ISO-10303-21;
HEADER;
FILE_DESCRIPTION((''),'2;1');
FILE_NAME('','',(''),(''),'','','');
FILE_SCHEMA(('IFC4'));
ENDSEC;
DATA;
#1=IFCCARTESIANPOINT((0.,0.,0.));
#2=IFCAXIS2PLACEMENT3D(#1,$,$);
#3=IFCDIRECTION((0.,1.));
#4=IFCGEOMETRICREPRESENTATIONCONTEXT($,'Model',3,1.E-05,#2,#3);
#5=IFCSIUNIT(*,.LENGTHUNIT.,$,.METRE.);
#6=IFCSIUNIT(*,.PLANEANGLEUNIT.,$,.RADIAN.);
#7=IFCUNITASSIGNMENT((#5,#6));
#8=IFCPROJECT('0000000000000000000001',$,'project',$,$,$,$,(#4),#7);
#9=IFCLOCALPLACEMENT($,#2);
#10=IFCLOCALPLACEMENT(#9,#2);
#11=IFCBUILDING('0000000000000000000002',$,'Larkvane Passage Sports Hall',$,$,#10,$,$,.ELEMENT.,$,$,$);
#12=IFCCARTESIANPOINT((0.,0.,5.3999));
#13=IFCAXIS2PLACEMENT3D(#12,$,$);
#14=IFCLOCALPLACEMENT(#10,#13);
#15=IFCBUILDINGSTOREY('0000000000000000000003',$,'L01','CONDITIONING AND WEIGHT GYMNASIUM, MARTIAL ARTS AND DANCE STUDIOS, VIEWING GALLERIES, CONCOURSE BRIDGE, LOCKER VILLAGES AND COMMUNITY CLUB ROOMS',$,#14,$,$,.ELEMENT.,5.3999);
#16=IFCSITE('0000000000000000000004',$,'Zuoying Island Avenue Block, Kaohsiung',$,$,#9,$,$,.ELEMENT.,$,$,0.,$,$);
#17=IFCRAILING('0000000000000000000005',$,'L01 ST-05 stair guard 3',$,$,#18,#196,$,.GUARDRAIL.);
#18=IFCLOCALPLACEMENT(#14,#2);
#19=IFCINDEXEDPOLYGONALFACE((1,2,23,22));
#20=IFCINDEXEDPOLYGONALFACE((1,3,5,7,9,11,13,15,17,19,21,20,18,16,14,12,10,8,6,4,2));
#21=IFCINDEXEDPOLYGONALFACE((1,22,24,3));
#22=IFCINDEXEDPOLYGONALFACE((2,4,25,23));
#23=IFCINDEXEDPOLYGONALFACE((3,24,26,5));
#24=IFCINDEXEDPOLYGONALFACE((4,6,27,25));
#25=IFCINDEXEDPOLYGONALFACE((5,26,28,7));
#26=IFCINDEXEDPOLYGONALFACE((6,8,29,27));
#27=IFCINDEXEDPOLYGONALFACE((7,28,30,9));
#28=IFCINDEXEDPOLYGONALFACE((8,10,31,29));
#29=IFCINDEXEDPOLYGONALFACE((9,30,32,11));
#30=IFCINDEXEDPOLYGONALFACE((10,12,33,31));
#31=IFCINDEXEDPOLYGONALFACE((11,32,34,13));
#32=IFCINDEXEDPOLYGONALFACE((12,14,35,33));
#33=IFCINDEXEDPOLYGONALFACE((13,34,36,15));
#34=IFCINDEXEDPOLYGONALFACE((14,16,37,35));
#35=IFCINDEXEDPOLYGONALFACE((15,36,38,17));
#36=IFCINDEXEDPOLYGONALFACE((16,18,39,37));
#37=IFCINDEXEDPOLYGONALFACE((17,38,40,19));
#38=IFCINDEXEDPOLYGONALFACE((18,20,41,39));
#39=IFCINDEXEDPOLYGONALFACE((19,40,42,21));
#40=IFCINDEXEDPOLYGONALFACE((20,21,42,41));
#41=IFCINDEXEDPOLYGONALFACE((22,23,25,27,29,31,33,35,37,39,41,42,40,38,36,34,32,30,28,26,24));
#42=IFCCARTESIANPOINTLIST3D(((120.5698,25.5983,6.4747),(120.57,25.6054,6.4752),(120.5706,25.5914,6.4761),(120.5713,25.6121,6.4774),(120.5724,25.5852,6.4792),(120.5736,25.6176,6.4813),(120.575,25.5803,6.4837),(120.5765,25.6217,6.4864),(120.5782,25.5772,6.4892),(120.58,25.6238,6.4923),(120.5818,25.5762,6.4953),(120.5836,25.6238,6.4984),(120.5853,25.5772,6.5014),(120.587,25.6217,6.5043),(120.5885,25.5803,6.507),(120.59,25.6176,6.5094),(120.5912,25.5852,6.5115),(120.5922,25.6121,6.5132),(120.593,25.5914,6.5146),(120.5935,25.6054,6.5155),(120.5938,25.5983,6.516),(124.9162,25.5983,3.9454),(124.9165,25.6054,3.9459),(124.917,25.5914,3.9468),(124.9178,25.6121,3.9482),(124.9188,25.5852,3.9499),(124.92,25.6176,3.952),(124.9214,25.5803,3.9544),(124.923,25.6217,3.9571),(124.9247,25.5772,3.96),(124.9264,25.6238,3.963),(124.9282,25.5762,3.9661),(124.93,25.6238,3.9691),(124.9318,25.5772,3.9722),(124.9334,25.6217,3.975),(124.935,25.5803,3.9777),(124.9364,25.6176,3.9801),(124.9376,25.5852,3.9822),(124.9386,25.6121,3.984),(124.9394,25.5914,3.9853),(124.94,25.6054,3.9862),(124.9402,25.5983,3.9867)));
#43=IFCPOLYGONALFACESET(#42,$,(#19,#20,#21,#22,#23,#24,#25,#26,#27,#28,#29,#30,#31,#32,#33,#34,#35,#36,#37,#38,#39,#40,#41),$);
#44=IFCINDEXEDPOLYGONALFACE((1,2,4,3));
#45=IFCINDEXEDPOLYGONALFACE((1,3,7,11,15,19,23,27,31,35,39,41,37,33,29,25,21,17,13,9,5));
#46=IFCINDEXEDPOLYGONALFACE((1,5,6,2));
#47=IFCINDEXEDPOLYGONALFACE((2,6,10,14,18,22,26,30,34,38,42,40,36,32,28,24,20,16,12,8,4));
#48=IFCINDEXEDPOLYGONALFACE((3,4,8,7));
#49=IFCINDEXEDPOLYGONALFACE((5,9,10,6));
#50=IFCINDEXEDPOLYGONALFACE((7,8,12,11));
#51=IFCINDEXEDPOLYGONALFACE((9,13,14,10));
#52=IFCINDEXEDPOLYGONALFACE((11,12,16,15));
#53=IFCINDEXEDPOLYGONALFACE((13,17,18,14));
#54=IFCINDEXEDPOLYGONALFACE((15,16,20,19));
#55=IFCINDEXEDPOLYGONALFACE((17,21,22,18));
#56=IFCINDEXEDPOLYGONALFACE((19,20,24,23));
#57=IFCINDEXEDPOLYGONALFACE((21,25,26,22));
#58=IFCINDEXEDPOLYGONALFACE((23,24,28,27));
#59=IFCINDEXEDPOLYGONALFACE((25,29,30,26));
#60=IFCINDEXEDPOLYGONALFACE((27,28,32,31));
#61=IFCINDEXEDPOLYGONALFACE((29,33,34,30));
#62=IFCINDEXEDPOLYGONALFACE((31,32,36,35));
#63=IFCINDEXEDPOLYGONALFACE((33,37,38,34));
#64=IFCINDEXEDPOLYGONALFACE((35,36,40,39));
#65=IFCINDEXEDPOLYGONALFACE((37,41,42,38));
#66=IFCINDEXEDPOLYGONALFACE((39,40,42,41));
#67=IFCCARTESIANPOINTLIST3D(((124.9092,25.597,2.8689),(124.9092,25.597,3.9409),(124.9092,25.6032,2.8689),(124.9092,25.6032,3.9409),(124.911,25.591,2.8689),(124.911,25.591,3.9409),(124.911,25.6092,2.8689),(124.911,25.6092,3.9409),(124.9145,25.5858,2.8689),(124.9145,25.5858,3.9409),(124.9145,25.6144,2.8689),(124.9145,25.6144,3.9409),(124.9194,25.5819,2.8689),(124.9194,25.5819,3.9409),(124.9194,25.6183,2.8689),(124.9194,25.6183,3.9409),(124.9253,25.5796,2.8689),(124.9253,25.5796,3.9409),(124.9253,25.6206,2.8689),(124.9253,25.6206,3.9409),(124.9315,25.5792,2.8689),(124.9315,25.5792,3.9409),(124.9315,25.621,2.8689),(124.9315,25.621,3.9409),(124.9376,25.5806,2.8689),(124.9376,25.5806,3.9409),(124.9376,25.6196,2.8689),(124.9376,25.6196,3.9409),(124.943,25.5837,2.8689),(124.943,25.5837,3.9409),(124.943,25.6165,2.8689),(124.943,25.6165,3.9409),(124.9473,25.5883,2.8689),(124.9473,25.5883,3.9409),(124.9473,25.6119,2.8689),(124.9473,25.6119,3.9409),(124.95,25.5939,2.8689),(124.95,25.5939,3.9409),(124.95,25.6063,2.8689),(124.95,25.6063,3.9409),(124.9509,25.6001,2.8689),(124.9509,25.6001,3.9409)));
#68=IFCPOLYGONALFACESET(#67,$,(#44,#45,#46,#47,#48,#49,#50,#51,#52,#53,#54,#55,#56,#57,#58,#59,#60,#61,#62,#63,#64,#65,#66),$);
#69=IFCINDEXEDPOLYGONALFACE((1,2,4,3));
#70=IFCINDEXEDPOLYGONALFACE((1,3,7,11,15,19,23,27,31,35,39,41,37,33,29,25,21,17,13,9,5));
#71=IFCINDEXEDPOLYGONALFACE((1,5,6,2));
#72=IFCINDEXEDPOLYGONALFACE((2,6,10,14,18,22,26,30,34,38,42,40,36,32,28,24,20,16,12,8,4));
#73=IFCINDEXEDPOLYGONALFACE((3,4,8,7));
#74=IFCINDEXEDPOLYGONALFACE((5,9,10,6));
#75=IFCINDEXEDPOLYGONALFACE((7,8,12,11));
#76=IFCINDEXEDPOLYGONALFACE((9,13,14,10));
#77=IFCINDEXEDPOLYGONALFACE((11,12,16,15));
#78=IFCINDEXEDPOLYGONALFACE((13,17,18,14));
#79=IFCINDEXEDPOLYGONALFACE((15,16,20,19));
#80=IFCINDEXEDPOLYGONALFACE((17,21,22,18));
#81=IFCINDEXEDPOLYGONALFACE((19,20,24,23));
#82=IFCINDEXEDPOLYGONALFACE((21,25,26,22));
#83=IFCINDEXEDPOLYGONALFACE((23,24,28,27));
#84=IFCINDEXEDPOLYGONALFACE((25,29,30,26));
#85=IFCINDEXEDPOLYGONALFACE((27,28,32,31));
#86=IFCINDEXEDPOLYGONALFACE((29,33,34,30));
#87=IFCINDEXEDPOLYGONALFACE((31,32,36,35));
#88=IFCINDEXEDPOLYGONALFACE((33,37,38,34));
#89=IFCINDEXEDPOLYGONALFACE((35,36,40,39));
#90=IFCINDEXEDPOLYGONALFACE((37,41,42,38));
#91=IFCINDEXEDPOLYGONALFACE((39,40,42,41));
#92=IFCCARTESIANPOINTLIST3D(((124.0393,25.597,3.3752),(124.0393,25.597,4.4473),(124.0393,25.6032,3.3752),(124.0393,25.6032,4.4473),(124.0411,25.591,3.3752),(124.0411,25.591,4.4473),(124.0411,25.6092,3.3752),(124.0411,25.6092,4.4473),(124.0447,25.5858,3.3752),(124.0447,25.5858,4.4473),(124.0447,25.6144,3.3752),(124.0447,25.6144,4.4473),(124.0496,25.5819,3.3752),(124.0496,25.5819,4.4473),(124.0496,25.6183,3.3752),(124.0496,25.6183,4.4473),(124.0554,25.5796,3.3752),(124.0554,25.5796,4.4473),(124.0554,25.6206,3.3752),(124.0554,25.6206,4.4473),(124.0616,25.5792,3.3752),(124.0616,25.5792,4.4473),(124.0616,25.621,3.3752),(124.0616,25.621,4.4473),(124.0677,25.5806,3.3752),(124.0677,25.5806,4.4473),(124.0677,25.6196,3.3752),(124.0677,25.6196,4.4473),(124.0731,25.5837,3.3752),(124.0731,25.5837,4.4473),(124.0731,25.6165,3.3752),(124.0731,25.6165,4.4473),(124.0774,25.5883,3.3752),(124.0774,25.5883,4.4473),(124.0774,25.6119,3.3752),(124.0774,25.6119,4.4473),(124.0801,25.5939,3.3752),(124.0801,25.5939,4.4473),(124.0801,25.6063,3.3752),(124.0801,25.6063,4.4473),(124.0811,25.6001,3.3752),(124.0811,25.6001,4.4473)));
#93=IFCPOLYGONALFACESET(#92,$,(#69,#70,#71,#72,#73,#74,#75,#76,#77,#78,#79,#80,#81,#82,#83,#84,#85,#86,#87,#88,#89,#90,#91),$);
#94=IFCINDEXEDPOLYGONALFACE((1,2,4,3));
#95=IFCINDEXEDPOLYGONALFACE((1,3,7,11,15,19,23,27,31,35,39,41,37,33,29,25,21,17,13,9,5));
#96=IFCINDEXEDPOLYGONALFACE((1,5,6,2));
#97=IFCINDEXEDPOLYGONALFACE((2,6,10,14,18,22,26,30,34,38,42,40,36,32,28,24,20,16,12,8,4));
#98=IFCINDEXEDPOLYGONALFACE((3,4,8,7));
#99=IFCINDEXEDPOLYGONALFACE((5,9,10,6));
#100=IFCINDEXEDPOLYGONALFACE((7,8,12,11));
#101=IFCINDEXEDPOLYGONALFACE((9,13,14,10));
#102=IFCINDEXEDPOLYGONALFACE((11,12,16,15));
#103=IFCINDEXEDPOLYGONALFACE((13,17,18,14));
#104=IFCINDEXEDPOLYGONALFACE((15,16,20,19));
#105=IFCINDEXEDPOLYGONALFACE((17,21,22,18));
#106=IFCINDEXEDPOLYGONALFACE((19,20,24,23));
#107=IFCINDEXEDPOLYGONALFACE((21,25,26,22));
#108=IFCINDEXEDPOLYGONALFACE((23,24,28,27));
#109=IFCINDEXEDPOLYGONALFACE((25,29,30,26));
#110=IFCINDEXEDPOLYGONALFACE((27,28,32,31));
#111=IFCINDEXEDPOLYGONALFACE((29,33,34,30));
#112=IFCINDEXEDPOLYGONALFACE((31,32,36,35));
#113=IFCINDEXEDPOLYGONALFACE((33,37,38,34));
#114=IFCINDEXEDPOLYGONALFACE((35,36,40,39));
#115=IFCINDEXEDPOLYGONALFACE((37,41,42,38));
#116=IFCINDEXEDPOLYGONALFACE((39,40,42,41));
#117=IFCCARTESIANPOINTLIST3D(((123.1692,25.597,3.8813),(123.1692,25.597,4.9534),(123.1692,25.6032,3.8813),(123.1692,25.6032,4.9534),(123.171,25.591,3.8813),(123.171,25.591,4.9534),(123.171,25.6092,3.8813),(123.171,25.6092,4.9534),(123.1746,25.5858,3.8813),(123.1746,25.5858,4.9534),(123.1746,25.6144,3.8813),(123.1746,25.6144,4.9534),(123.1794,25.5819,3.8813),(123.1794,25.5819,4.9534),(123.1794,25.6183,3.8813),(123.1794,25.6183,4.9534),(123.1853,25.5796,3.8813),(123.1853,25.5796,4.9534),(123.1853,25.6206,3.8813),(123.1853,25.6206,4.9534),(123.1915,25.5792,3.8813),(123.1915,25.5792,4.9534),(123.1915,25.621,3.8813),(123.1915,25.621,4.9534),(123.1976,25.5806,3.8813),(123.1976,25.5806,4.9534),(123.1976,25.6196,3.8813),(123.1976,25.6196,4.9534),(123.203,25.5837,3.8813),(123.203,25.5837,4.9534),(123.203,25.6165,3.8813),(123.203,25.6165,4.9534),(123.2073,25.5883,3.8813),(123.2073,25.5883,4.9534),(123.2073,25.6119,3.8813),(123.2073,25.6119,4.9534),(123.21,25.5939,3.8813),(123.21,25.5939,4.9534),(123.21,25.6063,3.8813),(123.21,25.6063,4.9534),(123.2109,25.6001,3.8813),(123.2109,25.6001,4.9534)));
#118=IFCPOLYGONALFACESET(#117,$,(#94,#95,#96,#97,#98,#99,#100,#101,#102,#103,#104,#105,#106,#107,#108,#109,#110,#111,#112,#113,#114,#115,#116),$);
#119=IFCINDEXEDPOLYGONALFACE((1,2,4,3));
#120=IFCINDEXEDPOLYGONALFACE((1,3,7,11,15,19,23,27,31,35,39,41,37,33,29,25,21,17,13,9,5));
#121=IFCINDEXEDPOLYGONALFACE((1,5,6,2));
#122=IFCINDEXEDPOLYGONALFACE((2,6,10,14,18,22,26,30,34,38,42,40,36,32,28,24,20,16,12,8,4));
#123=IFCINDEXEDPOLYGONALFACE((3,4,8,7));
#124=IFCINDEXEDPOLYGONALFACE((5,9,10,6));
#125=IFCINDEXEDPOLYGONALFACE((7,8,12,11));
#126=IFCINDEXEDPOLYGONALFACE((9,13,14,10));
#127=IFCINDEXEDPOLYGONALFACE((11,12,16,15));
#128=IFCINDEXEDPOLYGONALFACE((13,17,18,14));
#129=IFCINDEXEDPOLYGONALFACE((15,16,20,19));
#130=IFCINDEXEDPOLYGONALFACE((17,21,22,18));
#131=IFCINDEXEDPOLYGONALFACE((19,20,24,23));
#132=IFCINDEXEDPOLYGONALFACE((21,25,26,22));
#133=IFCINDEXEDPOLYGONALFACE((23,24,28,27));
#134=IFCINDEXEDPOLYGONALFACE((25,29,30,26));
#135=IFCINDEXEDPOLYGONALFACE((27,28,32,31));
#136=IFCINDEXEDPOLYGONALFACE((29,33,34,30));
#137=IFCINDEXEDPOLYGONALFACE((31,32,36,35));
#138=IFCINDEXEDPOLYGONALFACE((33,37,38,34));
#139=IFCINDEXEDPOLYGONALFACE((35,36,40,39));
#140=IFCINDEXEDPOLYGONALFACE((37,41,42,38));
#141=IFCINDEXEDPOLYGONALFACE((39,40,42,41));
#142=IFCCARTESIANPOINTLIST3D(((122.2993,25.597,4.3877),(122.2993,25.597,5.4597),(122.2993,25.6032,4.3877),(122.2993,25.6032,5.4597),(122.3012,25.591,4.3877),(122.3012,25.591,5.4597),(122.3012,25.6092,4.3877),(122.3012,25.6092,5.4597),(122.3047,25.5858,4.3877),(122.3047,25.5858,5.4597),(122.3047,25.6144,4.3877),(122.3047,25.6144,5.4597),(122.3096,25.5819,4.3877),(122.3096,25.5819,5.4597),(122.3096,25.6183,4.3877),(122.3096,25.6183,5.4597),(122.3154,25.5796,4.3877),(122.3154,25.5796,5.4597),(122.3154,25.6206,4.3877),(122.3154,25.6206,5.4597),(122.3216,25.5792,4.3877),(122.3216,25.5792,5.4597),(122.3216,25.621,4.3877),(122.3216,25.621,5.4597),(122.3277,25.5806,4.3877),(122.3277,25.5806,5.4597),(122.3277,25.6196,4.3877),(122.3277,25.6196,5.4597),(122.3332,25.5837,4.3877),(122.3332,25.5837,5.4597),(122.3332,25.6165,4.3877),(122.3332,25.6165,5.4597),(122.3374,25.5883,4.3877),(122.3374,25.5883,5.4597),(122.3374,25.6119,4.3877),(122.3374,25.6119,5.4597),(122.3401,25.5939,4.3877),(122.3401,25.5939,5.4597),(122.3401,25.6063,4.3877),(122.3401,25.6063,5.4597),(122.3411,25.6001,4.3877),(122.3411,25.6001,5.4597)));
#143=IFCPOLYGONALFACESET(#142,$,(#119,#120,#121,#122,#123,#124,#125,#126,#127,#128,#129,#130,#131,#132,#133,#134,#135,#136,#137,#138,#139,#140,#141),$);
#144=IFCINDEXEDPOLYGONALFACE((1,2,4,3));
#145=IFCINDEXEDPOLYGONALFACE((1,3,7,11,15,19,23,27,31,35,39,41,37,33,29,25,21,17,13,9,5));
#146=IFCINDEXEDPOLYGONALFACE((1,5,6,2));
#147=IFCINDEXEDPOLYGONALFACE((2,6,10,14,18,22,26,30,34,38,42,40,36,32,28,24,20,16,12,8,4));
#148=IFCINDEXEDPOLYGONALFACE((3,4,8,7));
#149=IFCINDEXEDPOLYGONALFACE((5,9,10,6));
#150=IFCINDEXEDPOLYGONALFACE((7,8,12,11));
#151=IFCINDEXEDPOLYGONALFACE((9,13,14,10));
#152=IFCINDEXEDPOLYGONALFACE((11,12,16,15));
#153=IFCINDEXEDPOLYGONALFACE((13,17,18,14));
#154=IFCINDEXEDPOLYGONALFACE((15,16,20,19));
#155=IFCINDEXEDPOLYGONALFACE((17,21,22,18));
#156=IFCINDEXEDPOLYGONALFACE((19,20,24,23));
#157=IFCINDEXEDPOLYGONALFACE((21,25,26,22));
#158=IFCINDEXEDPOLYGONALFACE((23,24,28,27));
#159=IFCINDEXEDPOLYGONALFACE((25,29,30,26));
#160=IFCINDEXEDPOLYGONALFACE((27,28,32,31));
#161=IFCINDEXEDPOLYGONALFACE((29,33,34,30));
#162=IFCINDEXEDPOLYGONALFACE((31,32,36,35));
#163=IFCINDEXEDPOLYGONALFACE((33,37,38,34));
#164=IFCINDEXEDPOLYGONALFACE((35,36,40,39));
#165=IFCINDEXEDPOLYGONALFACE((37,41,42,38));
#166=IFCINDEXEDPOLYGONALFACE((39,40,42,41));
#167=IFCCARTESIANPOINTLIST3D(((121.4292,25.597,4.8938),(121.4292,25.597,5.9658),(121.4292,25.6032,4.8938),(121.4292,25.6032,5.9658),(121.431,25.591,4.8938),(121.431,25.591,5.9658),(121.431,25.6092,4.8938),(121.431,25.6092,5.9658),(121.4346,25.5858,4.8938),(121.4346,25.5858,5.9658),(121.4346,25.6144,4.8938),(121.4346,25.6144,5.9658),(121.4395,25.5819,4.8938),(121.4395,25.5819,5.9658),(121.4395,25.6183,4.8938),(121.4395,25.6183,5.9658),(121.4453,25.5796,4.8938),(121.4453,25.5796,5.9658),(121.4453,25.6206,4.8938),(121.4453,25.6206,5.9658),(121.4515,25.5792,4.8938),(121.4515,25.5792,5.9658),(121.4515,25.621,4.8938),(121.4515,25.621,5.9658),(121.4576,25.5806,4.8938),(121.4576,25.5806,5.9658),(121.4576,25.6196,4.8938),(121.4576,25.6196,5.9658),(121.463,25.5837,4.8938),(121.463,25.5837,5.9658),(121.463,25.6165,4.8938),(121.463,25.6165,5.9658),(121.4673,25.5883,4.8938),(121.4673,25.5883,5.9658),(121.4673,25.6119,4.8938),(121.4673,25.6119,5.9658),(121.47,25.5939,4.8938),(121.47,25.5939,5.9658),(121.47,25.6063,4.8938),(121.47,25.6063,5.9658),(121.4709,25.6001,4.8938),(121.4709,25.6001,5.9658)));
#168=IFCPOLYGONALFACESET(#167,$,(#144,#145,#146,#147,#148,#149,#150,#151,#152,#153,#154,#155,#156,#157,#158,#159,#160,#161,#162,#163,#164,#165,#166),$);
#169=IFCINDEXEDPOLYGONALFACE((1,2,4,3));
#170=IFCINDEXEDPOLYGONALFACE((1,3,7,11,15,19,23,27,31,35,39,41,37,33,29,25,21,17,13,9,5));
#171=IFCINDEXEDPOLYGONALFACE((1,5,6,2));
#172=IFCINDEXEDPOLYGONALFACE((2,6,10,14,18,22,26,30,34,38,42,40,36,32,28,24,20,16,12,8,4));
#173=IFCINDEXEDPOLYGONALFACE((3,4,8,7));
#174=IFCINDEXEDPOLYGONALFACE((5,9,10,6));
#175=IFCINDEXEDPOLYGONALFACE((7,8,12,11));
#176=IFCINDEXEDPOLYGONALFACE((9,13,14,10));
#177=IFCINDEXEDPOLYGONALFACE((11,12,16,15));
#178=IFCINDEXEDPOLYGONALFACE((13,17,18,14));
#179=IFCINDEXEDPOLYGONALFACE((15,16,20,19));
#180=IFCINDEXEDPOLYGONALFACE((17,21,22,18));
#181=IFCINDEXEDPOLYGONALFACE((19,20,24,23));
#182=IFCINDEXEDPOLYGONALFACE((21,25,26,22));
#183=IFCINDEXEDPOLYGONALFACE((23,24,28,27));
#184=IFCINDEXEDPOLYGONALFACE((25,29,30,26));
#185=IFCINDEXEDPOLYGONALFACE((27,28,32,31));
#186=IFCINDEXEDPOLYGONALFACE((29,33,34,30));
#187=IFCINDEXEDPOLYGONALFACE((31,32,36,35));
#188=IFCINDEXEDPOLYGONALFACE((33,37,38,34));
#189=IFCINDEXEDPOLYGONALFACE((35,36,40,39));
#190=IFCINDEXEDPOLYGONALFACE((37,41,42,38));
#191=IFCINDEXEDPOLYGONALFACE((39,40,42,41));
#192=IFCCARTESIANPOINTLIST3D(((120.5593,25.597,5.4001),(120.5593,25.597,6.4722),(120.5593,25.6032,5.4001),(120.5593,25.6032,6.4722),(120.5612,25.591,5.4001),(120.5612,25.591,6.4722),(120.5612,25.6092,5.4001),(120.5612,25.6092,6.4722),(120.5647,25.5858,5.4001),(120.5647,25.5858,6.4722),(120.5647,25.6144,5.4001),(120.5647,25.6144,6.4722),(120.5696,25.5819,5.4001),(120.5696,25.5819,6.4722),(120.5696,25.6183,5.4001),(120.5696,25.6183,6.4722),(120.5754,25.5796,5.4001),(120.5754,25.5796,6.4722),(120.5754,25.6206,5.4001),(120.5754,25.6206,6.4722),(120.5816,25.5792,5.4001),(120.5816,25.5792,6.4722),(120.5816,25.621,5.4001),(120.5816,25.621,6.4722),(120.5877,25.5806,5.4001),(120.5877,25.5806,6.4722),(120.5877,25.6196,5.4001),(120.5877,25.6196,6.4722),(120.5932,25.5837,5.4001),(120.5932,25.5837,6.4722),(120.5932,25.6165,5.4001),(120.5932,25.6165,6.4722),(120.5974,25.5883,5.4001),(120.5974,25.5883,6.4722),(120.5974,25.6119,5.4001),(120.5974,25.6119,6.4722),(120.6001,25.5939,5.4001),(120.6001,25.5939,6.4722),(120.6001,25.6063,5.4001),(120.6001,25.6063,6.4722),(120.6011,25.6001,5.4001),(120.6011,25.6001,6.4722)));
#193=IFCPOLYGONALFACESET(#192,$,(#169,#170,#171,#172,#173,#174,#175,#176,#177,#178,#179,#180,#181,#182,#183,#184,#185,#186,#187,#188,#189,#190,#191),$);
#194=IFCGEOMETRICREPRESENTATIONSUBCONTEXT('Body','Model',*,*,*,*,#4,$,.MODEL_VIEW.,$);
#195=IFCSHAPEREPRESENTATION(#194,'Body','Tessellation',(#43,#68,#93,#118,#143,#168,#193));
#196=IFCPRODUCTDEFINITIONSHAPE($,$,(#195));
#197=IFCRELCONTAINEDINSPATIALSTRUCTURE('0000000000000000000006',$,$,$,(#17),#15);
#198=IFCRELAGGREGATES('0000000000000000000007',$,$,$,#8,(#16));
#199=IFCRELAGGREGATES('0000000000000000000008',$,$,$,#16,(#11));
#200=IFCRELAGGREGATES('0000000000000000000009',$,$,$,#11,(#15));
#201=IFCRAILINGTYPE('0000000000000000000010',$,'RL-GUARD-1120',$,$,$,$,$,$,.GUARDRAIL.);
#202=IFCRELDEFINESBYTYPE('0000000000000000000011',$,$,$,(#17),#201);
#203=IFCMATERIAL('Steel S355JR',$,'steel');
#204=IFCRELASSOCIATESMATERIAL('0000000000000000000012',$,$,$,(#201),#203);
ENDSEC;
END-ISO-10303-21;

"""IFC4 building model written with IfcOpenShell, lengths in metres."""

from ifc_helpers import new_model, si_unit, direction, frame, origin, origin_2d, place, context, subcontext, project, spatial, circle, extrude, material, type_object, element, save


model = new_model("IFC4")

# Units and contexts
model_context = context("Model", 3, precision=1e-05, world=origin(), true_north=direction((0.0, 1.0)))
body_context = subcontext(model_context, "Body", "Model", "MODEL_VIEW")
ifc_project = project(units=[si_unit("LENGTHUNIT", "METRE"), si_unit("PLANEANGLEUNIT", "RADIAN")], contexts=[model_context])

# Site, building, storey
site_placement = place(None, origin())
site = spatial("IfcSite", under=ifc_project, at=site_placement, Name="Zuoying Island Avenue Block, Kaohsiung", CompositionType="ELEMENT", RefElevation=0.0)
building_placement = place(site_placement, origin())
building = spatial("IfcBuilding", under=site, at=building_placement, Name="Larkvane Passage Sports Hall", CompositionType="ELEMENT")
storey_placement = place(building_placement, frame((0.0, 0.0, 5.3999)))
storey = spatial("IfcBuildingStorey", under=building, at=storey_placement, Name="L01", Description="CONDITIONING AND WEIGHT GYMNASIUM, MARTIAL ARTS AND DANCE STUDIOS, VIEWING GALLERIES, CONCOURSE BRIDGE, LOCKER VILLAGES AND COMMUNITY CLUB ROOMS", CompositionType="ELEMENT", Elevation=5.3999)

# Shared definitions
ifc_material_1 = material(Name="Steel S355JR", Category="steel")

# Railing
railing_type_1 = type_object("IfcRailingType", Name="RL-GUARD-1120", PredefinedType="GUARDRAIL", material=ifc_material_1)
railing_1_placement = place(storey_placement, frame((124.9299, 25.6001, 2.8689)))
element("IfcRailing", 1, at=railing_1_placement, inside=storey, type_object=railing_type_1, Name="L01 ST-05 stair guard 3", PredefinedType="GUARDRAIL", context=body_context, shape_type="SweptSolid", body=[
    extrude(circle(Radius=0.0239, at=origin_2d()), frame((-0.0017, 0.0, 1.0972), z_axis=(-0.864312, 0.0, 0.502957), x_axis=(0.0, -1.0, 0.0)), (0.0, 0.0, 1.0), 5.0288),
    extrude(circle(Radius=0.021, at=origin_2d()), origin(), (0.0, 0.0, 1.0), 1.072),
    extrude(circle(Radius=0.021, at=origin_2d()), frame((-0.8699, 0.0, 0.5063)), (0.0, 0.0, 1.0), 1.072),
    extrude(circle(Radius=0.021, at=origin_2d()), frame((-1.74, 0.0, 1.0125)), (0.0, 0.0, 1.0), 1.072),
    extrude(circle(Radius=0.021, at=origin_2d()), frame((-2.6099, 0.0, 1.5188)), (0.0, 0.0, 1.0), 1.072),
    extrude(circle(Radius=0.021, at=origin_2d()), frame((-3.48, 0.0, 2.0249)), (0.0, 0.0, 1.0), 1.072),
    extrude(circle(Radius=0.021, at=origin_2d()), frame((-4.3499, 0.0, 2.5312)), (0.0, 0.0, 1.0), 1.072),
])

save(model, "model.ifc")
